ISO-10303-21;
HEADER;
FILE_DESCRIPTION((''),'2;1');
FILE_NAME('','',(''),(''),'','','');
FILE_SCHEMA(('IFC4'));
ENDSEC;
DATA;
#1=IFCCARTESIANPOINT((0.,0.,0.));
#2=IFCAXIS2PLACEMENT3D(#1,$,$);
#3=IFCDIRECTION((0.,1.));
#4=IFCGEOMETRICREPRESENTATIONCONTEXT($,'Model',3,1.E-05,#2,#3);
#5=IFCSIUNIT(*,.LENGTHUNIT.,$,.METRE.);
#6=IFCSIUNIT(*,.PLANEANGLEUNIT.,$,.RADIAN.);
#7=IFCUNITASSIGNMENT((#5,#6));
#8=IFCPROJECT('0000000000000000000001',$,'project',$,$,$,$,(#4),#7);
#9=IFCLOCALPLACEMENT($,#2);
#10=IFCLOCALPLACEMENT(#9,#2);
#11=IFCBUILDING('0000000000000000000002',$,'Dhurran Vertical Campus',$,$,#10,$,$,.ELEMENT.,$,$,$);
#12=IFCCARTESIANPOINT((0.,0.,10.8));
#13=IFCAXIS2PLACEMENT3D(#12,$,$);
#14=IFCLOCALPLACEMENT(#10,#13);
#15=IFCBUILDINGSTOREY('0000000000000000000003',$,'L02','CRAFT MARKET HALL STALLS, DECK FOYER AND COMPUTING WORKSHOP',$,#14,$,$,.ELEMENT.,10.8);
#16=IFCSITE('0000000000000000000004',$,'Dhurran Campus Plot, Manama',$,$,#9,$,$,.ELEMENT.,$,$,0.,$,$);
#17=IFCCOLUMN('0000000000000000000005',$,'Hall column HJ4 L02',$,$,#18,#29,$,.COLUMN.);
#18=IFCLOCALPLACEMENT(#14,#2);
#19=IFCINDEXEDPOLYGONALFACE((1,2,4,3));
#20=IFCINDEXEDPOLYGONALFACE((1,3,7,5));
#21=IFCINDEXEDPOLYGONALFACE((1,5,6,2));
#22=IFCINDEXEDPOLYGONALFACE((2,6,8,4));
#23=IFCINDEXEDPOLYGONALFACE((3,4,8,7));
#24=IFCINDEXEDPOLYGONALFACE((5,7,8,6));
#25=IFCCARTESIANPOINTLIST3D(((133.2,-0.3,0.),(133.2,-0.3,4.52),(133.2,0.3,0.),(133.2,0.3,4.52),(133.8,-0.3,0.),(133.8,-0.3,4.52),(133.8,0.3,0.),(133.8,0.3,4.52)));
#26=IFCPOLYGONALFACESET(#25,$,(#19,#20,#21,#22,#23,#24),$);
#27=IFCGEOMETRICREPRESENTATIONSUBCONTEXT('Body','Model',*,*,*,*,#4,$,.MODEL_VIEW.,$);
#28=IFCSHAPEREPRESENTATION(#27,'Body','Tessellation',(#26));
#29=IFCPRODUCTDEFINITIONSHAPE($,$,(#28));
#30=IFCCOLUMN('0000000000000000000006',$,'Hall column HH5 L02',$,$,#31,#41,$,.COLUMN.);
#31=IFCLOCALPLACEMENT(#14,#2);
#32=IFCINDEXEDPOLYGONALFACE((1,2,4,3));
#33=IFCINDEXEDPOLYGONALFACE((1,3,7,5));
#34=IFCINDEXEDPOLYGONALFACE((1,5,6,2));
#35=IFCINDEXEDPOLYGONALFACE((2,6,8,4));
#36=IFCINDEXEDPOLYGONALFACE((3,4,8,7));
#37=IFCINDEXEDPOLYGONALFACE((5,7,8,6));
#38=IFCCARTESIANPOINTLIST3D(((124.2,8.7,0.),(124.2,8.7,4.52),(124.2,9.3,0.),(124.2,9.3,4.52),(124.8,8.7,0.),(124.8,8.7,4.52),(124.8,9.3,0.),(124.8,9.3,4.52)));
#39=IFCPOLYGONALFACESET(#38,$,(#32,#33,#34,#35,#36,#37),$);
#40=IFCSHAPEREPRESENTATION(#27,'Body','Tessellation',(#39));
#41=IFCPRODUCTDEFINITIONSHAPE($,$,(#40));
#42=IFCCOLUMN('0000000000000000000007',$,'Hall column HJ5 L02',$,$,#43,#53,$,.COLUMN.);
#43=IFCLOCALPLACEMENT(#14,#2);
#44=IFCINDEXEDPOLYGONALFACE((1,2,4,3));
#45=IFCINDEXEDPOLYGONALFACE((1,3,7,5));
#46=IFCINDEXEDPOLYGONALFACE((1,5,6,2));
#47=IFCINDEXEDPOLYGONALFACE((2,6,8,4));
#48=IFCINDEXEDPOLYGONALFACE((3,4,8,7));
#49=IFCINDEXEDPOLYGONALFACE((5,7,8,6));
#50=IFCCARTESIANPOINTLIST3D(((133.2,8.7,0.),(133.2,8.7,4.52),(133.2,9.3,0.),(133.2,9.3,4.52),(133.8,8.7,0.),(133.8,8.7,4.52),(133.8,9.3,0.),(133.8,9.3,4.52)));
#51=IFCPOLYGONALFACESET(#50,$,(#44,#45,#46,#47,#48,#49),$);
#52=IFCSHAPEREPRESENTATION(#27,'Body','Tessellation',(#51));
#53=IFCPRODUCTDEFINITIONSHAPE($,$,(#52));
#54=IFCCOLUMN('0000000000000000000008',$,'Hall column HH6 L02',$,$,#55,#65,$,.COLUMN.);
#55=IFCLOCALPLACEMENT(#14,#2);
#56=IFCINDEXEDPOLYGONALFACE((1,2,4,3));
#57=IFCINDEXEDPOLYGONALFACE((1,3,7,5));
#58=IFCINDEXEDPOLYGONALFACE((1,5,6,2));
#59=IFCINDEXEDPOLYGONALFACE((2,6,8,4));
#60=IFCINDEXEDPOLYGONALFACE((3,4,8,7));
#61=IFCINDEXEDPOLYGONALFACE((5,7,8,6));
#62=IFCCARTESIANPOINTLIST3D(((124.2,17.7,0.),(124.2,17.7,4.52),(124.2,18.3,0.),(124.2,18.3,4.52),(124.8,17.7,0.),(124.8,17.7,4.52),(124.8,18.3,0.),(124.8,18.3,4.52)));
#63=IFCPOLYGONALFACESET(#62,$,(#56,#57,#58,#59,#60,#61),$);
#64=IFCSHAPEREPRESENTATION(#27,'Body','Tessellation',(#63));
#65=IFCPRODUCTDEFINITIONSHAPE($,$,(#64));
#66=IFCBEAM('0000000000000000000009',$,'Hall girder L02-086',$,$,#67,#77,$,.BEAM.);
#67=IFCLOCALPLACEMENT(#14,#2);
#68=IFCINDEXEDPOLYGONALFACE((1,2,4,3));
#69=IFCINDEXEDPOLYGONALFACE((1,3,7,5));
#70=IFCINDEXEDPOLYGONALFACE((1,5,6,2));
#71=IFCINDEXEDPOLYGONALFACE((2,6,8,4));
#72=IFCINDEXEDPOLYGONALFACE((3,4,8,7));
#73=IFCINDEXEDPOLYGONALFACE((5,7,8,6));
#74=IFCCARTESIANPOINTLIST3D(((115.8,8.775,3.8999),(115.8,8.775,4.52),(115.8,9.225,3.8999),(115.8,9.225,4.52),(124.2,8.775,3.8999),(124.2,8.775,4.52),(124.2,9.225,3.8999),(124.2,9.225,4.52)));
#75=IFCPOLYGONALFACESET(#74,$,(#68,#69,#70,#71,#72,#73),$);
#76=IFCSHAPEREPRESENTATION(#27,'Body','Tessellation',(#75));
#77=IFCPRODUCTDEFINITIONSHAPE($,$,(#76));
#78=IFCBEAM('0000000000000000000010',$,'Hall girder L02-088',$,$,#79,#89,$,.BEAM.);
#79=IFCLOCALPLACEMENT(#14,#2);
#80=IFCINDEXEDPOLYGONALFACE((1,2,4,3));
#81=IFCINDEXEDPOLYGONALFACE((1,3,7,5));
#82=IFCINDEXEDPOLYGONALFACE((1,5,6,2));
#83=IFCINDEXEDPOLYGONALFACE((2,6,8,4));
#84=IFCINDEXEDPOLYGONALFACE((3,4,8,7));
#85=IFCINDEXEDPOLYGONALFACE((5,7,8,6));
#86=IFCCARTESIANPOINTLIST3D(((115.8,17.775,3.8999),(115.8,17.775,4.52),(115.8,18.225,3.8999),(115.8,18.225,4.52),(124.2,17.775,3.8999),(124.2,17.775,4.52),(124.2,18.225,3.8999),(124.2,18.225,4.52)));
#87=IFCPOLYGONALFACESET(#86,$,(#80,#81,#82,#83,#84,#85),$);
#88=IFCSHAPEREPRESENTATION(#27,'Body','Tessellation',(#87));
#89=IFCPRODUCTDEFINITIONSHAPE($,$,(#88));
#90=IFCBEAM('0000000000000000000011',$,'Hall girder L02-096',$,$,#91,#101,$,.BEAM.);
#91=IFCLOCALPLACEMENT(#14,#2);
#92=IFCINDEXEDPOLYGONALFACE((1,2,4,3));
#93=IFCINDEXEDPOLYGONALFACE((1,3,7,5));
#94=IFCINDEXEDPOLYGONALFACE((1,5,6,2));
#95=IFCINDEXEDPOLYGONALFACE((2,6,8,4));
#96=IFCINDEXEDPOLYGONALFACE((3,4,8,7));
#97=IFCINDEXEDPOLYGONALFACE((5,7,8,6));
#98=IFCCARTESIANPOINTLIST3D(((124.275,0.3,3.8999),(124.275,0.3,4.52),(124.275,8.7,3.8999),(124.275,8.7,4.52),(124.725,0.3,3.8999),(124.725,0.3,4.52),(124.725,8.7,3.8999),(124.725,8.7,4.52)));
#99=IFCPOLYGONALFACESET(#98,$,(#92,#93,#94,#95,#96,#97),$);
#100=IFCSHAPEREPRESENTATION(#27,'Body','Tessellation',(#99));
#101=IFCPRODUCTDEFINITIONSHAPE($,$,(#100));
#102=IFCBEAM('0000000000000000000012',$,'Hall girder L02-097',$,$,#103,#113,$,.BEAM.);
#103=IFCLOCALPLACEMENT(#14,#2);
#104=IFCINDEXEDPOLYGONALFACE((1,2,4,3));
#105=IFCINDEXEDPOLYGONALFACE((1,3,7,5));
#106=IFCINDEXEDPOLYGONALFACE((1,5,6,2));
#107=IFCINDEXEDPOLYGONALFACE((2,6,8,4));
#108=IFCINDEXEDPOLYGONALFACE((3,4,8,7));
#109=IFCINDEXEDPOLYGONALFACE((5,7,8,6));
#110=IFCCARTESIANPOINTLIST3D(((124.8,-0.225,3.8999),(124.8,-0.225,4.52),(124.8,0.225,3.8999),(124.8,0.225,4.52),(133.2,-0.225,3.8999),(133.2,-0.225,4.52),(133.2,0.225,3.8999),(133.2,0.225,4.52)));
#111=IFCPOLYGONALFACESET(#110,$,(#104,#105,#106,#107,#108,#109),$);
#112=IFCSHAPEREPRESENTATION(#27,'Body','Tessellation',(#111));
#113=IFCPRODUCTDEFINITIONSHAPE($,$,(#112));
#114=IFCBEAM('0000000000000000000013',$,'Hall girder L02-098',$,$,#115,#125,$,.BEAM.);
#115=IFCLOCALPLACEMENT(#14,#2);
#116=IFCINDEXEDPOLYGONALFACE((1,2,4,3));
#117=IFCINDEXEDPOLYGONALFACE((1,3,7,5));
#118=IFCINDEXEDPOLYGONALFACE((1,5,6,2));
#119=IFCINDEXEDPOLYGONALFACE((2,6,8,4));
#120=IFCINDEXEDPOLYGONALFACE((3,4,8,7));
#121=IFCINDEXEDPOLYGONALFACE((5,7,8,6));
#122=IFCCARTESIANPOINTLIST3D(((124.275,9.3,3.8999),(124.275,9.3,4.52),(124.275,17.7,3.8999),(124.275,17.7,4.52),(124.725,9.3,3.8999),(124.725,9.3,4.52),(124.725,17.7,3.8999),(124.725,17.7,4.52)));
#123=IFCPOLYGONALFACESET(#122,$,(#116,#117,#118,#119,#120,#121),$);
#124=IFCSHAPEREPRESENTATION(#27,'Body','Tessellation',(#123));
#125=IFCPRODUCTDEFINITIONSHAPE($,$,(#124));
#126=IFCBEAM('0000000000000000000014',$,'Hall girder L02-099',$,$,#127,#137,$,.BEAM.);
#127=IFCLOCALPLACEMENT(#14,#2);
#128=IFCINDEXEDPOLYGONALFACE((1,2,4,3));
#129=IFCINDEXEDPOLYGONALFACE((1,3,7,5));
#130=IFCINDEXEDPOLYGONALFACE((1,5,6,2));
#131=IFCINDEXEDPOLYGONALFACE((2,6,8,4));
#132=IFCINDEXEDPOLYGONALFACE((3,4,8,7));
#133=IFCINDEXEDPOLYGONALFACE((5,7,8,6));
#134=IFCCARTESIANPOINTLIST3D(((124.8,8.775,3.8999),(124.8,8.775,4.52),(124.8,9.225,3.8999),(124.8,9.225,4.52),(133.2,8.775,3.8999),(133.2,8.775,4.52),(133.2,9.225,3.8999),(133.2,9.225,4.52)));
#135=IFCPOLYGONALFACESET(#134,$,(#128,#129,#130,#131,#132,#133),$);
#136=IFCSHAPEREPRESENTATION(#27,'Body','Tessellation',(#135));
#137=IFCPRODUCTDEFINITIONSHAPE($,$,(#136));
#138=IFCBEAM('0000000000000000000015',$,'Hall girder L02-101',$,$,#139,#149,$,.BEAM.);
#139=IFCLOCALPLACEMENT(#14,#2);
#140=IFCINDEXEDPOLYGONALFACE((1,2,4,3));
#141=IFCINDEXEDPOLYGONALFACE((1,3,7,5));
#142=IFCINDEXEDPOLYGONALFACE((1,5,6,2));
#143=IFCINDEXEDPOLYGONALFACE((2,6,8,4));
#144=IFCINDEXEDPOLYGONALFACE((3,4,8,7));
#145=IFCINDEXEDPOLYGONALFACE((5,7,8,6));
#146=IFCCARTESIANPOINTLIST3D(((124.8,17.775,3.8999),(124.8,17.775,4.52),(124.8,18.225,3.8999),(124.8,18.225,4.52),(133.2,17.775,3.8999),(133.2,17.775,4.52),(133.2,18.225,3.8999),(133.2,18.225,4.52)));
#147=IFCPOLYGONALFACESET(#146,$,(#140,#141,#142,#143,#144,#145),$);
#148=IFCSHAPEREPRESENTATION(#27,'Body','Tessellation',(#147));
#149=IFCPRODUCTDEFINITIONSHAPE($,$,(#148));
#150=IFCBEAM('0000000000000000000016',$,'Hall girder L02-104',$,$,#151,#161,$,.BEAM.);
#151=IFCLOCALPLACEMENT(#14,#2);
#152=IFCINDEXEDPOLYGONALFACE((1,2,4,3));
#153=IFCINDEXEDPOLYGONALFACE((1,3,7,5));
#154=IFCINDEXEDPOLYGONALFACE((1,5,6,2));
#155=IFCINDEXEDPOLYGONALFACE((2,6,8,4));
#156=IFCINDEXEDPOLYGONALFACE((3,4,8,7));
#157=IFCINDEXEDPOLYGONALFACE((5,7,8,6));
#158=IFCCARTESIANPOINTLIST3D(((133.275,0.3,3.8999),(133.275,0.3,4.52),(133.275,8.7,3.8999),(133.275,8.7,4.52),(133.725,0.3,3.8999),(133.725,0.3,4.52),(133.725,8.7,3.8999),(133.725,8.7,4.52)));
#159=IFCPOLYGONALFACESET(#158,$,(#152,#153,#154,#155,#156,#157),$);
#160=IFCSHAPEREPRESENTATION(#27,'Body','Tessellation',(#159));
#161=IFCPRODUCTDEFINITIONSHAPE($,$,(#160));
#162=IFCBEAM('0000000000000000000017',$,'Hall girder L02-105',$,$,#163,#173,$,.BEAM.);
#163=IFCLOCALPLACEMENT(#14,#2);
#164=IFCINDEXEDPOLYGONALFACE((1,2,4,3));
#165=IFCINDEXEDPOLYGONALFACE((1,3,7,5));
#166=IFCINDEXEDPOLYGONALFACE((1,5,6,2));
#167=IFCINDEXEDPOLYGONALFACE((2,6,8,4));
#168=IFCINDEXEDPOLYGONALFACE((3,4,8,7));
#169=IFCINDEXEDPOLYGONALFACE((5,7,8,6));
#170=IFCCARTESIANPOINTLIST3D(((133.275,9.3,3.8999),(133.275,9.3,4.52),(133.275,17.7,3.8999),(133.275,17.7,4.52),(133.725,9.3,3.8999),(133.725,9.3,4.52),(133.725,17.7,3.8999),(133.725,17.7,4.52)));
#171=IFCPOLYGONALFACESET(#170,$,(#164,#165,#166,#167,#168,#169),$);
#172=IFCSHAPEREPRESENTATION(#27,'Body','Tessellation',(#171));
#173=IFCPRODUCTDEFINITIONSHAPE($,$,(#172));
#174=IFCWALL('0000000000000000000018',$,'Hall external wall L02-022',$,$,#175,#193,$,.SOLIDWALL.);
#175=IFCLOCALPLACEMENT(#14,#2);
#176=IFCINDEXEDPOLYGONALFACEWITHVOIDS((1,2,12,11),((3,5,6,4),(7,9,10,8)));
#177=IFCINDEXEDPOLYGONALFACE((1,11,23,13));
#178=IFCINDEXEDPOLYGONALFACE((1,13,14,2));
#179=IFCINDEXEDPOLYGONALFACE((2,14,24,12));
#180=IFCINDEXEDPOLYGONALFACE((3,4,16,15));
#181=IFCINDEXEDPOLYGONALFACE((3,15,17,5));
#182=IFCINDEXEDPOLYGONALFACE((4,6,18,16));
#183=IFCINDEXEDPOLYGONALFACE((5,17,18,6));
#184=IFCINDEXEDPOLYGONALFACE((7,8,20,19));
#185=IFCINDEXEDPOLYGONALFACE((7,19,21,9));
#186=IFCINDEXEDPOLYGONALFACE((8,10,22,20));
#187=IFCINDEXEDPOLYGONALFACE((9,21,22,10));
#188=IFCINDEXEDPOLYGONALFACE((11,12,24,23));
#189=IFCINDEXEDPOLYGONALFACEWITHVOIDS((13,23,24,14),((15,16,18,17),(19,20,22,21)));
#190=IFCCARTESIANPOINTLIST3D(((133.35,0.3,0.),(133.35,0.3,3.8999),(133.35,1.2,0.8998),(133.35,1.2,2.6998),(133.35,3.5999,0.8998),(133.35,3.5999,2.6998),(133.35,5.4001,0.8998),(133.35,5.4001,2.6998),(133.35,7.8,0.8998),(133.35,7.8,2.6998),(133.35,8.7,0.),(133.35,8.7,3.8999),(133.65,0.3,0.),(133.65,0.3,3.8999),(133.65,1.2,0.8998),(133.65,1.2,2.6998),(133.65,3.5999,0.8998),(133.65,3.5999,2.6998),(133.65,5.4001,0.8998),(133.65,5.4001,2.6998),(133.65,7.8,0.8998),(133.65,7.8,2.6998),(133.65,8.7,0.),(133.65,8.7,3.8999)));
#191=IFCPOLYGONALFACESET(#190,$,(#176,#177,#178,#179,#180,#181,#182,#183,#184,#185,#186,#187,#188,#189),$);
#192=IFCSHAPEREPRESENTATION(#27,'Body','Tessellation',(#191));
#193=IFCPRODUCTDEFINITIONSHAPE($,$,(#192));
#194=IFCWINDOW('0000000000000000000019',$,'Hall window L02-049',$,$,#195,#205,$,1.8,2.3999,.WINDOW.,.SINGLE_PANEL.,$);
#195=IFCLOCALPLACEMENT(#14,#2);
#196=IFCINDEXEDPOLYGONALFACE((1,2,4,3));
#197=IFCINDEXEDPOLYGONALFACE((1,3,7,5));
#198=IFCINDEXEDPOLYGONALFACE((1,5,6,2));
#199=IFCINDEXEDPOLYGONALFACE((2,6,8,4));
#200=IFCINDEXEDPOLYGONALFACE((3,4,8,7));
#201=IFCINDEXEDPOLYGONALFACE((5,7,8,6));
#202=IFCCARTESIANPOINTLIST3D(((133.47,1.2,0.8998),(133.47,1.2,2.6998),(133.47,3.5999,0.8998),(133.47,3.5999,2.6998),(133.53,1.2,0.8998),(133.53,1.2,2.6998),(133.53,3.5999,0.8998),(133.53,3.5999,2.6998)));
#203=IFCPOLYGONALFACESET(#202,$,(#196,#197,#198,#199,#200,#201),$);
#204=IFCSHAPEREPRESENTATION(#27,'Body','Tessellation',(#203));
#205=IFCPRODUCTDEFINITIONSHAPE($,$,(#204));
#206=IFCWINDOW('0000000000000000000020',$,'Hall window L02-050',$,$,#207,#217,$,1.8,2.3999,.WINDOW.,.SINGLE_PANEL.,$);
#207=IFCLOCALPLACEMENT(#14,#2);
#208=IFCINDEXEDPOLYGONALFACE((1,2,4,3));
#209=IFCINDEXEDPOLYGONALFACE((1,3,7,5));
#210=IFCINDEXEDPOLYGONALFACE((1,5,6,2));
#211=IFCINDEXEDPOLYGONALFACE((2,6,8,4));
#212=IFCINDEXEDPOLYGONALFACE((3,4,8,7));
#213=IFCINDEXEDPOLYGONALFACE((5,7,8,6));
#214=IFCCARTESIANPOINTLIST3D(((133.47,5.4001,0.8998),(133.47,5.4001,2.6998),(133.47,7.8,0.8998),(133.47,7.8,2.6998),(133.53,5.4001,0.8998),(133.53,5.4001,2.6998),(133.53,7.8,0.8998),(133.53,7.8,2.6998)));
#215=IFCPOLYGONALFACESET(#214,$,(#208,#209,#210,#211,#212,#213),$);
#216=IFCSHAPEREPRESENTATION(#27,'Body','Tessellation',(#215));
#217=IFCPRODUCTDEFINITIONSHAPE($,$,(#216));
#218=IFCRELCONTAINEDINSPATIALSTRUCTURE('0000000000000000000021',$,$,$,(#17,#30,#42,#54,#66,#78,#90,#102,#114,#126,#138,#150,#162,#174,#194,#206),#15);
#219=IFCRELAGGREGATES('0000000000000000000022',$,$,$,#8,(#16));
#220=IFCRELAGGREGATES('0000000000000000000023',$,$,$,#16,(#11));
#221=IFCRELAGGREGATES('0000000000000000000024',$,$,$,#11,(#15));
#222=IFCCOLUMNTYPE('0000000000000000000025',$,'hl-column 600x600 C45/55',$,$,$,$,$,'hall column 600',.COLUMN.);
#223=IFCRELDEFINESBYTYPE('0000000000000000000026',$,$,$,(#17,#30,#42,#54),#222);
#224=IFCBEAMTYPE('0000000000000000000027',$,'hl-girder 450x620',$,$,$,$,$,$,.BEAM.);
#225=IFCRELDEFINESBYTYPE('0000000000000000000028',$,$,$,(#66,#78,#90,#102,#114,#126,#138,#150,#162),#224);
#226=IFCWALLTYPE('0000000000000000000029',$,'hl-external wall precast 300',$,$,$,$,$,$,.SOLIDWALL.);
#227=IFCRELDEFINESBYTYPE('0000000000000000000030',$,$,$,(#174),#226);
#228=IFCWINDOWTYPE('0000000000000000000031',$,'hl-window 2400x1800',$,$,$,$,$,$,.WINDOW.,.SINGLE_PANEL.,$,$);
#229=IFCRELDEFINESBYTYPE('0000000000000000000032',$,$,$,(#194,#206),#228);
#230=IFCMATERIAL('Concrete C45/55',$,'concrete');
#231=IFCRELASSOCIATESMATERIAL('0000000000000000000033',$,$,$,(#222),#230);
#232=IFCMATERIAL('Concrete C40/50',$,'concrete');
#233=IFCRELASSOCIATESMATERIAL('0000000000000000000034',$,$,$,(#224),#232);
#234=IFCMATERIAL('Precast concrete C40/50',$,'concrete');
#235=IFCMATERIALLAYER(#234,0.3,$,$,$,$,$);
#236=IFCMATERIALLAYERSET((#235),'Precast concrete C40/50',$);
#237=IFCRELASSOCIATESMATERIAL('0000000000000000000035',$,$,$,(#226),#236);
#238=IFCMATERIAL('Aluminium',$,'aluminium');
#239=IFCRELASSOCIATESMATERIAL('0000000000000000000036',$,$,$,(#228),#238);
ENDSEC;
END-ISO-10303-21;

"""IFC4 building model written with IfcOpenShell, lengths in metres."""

from ifc_helpers import new_model, si_unit, direction, frame, frame_2d, origin, origin_2d, place, context, subcontext, project, spatial, rectangle, extrude, material, layer, layer_set, material_profile, profile_set, type_object, element, fill, save


model = new_model("IFC4")

# Units and contexts
model_context = context("Model", 3, precision=1e-05, world=origin(), true_north=direction((0.0, 1.0)))
body_context = subcontext(model_context, "Body", "Model", "MODEL_VIEW")
ifc_project = project(units=[si_unit("LENGTHUNIT", "METRE"), si_unit("PLANEANGLEUNIT", "RADIAN")], contexts=[model_context])

# Site, building, storey
site_placement = place(None, origin())
site = spatial("IfcSite", under=ifc_project, at=site_placement, Name="Dhurran Campus Plot, Manama", CompositionType="ELEMENT", RefElevation=0.0)
building_placement = place(site_placement, origin())
building = spatial("IfcBuilding", under=site, at=building_placement, Name="Dhurran Vertical Campus", CompositionType="ELEMENT")
storey_placement = place(building_placement, frame((0.0, 0.0, 10.8)))
storey = spatial("IfcBuildingStorey", under=building, at=storey_placement, Name="L02", Description="CRAFT MARKET HALL STALLS, DECK FOYER AND COMPUTING WORKSHOP", CompositionType="ELEMENT", Elevation=10.8)

# Columns
ifc_material_1 = material(Name="Concrete C45/55", Category="concrete")
ifc_material_profile_1 = material_profile(ifc_material_1, rectangle(XDim=0.6001, YDim=0.6001, at=origin_2d()), Name="hl-column 600x600 C45/55")
ifc_profile_set_1 = profile_set([ifc_material_profile_1], Name="Concrete C45/55")
column_type = type_object("IfcColumnType", Name="hl-column 600x600 C45/55", ElementType="hall column 600", PredefinedType="COLUMN", material=ifc_profile_set_1)
for number, where, z_axis, x_axis, name in (
    (1, (133.5, 0.0, 0.0), (0.0, 0.0, 1.0), (1.0, 0.0, 0.0), "Hall column HJ4 L02"),
    (2, (124.5, 9.0, 0.0), (0.0, 0.0, 1.0), (1.0, 0.0, 0.0), "Hall column HH5 L02"),
    (3, (133.5, 9.0, 0.0), (0.0, 0.0, 1.0), (1.0, 0.0, 0.0), "Hall column HJ5 L02"),
    (4, (124.5, 18.0, 0.0), (0.0, 0.0, 1.0), (1.0, 0.0, 0.0), "Hall column HH6 L02"),
):
    element("IfcColumn", number, at=place(storey_placement, frame(where, z_axis=z_axis, x_axis=x_axis)), inside=storey, type_object=column_type, Name=name, PredefinedType="COLUMN", context=body_context, shape_type="SweptSolid", body=[
        extrude(rectangle(XDim=0.6001, YDim=0.6001, at=origin_2d()), origin(), (0.0, 0.0, 1.0), 4.52),
    ])

# Beams
ifc_material_2 = material(Name="Concrete C40/50", Category="concrete")
ifc_material_profile_2 = material_profile(ifc_material_2, rectangle(XDim=0.45, YDim=0.6201, at=origin_2d()), Name="hl-girder 450x620")
ifc_profile_set_2 = profile_set([ifc_material_profile_2], Name="Concrete C40/50")
beam_type = type_object("IfcBeamType", Name="hl-girder 450x620", PredefinedType="BEAM", material=ifc_profile_set_2)
for number, where, z_axis, x_axis, name in (
    (5, (115.8, 9.0, 4.21), (1.0, 0.0, 0.0), (0.0, 1.0, 0.0), "Hall girder L02-086"),
    (6, (115.8, 18.0, 4.21), (1.0, 0.0, 0.0), (0.0, 1.0, 0.0), "Hall girder L02-088"),
    (7, (124.5, 0.3, 4.21), (0.0, 1.0, 0.0), (-1.0, 0.0, 0.0), "Hall girder L02-096"),
    (8, (124.8, 0.0, 4.21), (1.0, 0.0, 0.0), (0.0, 1.0, 0.0), "Hall girder L02-097"),
    (9, (124.5, 9.3, 4.21), (0.0, 1.0, 0.0), (-1.0, 0.0, 0.0), "Hall girder L02-098"),
    (10, (124.8, 9.0, 4.21), (1.0, 0.0, 0.0), (0.0, 1.0, 0.0), "Hall girder L02-099"),
    (11, (124.8, 18.0, 4.21), (1.0, 0.0, 0.0), (0.0, 1.0, 0.0), "Hall girder L02-101"),
    (12, (133.5, 0.3, 4.21), (0.0, 1.0, 0.0), (-1.0, 0.0, 0.0), "Hall girder L02-104"),
    (13, (133.5, 9.3, 4.21), (0.0, 1.0, 0.0), (-1.0, 0.0, 0.0), "Hall girder L02-105"),
):
    element("IfcBeam", number, at=place(storey_placement, frame(where, z_axis=z_axis, x_axis=x_axis)), inside=storey, type_object=beam_type, Name=name, PredefinedType="BEAM", context=body_context, shape_type="SweptSolid", body=[
        extrude(rectangle(XDim=0.45, YDim=0.6201, at=origin_2d()), origin(), (0.0, 0.0, 1.0), 8.3999),
    ])

# Wall, openings, windows
ifc_material_3 = material(Name="Precast concrete C40/50", Category="concrete")
ifc_layer_1 = layer(ifc_material_3, 0.3)
ifc_layer_set_1 = layer_set([ifc_layer_1], Name="Precast concrete C40/50")
wall_type_1 = type_object("IfcWallType", Name="hl-external wall precast 300", PredefinedType="SOLIDWALL", material=ifc_layer_set_1)
wall_1_placement = place(storey_placement, frame((133.5, 0.3, 0.0), z_axis=(0.0, 0.0, 1.0), x_axis=(0.0, 1.0, 0.0)))
wall_1 = element("IfcWall", 14, at=wall_1_placement, inside=storey, type_object=wall_type_1, Name="Hall external wall L02-022", PredefinedType="SOLIDWALL", context=body_context, shape_type="SweptSolid", body=[
    extrude(rectangle(XDim=8.3999, YDim=0.3, at=frame_2d((4.2, 0.0))), origin(), (0.0, 0.0, 1.0), 3.8999),
])
opening_1_placement = place(wall_1_placement, frame((0.8999, 0.0, 0.8999)))
opening_1 = element("IfcOpeningElement", 15, at=opening_1_placement, cuts=wall_1, PredefinedType="OPENING", context=body_context, shape_type="SweptSolid", body=[
    extrude(rectangle(XDim=2.3999, YDim=1.8, at=frame_2d((1.2, 0.8999))), frame((0.0, 0.1599, 0.0), z_axis=(0.0, -1.0, 0.0), x_axis=(1.0, 0.0, 0.0)), (0.0, 0.0, 1.0), 0.3201),
])
opening_2_placement = place(wall_1_placement, frame((5.1001, 0.0, 0.8999)))
opening_2 = element("IfcOpeningElement", 16, at=opening_2_placement, cuts=wall_1, PredefinedType="OPENING", context=body_context, shape_type="SweptSolid", body=[
    extrude(rectangle(XDim=2.3999, YDim=1.8, at=frame_2d((1.2, 0.8999))), frame((0.0, 0.1599, 0.0), z_axis=(0.0, -1.0, 0.0), x_axis=(1.0, 0.0, 0.0)), (0.0, 0.0, 1.0), 0.3201),
])
ifc_material_4 = material(Name="Aluminium", Category="aluminium")
window_type = type_object("IfcWindowType", Name="hl-window 2400x1800", PartitioningType="SINGLE_PANEL", PredefinedType="WINDOW", material=ifc_material_4)
window_1_placement = place(opening_1_placement, origin())
window_1 = element("IfcWindow", 17, at=window_1_placement, inside=storey, type_object=window_type, Name="Hall window L02-049", OverallHeight=1.8, OverallWidth=2.3999, PartitioningType="SINGLE_PANEL", PredefinedType="WINDOW", context=body_context, shape_type="SweptSolid", body=[
    extrude(rectangle(XDim=2.3999, YDim=1.8, at=frame_2d((1.2, 0.8999))), frame((0.0, 0.03, 0.0), z_axis=(0.0, -1.0, 0.0), x_axis=(1.0, 0.0, 0.0)), (0.0, 0.0, 1.0), 0.0601),
])
fill(opening_1, window_1)
window_2_placement = place(opening_2_placement, origin())
window_2 = element("IfcWindow", 18, at=window_2_placement, inside=storey, type_object=window_type, Name="Hall window L02-050", OverallHeight=1.8, OverallWidth=2.3999, PartitioningType="SINGLE_PANEL", PredefinedType="WINDOW", context=body_context, shape_type="SweptSolid", body=[
    extrude(rectangle(XDim=2.3999, YDim=1.8, at=frame_2d((1.2, 0.8999))), frame((0.0, 0.03, 0.0), z_axis=(0.0, -1.0, 0.0), x_axis=(1.0, 0.0, 0.0)), (0.0, 0.0, 1.0), 0.0601),
])
fill(opening_2, window_2)

save(model, "model.ifc")
